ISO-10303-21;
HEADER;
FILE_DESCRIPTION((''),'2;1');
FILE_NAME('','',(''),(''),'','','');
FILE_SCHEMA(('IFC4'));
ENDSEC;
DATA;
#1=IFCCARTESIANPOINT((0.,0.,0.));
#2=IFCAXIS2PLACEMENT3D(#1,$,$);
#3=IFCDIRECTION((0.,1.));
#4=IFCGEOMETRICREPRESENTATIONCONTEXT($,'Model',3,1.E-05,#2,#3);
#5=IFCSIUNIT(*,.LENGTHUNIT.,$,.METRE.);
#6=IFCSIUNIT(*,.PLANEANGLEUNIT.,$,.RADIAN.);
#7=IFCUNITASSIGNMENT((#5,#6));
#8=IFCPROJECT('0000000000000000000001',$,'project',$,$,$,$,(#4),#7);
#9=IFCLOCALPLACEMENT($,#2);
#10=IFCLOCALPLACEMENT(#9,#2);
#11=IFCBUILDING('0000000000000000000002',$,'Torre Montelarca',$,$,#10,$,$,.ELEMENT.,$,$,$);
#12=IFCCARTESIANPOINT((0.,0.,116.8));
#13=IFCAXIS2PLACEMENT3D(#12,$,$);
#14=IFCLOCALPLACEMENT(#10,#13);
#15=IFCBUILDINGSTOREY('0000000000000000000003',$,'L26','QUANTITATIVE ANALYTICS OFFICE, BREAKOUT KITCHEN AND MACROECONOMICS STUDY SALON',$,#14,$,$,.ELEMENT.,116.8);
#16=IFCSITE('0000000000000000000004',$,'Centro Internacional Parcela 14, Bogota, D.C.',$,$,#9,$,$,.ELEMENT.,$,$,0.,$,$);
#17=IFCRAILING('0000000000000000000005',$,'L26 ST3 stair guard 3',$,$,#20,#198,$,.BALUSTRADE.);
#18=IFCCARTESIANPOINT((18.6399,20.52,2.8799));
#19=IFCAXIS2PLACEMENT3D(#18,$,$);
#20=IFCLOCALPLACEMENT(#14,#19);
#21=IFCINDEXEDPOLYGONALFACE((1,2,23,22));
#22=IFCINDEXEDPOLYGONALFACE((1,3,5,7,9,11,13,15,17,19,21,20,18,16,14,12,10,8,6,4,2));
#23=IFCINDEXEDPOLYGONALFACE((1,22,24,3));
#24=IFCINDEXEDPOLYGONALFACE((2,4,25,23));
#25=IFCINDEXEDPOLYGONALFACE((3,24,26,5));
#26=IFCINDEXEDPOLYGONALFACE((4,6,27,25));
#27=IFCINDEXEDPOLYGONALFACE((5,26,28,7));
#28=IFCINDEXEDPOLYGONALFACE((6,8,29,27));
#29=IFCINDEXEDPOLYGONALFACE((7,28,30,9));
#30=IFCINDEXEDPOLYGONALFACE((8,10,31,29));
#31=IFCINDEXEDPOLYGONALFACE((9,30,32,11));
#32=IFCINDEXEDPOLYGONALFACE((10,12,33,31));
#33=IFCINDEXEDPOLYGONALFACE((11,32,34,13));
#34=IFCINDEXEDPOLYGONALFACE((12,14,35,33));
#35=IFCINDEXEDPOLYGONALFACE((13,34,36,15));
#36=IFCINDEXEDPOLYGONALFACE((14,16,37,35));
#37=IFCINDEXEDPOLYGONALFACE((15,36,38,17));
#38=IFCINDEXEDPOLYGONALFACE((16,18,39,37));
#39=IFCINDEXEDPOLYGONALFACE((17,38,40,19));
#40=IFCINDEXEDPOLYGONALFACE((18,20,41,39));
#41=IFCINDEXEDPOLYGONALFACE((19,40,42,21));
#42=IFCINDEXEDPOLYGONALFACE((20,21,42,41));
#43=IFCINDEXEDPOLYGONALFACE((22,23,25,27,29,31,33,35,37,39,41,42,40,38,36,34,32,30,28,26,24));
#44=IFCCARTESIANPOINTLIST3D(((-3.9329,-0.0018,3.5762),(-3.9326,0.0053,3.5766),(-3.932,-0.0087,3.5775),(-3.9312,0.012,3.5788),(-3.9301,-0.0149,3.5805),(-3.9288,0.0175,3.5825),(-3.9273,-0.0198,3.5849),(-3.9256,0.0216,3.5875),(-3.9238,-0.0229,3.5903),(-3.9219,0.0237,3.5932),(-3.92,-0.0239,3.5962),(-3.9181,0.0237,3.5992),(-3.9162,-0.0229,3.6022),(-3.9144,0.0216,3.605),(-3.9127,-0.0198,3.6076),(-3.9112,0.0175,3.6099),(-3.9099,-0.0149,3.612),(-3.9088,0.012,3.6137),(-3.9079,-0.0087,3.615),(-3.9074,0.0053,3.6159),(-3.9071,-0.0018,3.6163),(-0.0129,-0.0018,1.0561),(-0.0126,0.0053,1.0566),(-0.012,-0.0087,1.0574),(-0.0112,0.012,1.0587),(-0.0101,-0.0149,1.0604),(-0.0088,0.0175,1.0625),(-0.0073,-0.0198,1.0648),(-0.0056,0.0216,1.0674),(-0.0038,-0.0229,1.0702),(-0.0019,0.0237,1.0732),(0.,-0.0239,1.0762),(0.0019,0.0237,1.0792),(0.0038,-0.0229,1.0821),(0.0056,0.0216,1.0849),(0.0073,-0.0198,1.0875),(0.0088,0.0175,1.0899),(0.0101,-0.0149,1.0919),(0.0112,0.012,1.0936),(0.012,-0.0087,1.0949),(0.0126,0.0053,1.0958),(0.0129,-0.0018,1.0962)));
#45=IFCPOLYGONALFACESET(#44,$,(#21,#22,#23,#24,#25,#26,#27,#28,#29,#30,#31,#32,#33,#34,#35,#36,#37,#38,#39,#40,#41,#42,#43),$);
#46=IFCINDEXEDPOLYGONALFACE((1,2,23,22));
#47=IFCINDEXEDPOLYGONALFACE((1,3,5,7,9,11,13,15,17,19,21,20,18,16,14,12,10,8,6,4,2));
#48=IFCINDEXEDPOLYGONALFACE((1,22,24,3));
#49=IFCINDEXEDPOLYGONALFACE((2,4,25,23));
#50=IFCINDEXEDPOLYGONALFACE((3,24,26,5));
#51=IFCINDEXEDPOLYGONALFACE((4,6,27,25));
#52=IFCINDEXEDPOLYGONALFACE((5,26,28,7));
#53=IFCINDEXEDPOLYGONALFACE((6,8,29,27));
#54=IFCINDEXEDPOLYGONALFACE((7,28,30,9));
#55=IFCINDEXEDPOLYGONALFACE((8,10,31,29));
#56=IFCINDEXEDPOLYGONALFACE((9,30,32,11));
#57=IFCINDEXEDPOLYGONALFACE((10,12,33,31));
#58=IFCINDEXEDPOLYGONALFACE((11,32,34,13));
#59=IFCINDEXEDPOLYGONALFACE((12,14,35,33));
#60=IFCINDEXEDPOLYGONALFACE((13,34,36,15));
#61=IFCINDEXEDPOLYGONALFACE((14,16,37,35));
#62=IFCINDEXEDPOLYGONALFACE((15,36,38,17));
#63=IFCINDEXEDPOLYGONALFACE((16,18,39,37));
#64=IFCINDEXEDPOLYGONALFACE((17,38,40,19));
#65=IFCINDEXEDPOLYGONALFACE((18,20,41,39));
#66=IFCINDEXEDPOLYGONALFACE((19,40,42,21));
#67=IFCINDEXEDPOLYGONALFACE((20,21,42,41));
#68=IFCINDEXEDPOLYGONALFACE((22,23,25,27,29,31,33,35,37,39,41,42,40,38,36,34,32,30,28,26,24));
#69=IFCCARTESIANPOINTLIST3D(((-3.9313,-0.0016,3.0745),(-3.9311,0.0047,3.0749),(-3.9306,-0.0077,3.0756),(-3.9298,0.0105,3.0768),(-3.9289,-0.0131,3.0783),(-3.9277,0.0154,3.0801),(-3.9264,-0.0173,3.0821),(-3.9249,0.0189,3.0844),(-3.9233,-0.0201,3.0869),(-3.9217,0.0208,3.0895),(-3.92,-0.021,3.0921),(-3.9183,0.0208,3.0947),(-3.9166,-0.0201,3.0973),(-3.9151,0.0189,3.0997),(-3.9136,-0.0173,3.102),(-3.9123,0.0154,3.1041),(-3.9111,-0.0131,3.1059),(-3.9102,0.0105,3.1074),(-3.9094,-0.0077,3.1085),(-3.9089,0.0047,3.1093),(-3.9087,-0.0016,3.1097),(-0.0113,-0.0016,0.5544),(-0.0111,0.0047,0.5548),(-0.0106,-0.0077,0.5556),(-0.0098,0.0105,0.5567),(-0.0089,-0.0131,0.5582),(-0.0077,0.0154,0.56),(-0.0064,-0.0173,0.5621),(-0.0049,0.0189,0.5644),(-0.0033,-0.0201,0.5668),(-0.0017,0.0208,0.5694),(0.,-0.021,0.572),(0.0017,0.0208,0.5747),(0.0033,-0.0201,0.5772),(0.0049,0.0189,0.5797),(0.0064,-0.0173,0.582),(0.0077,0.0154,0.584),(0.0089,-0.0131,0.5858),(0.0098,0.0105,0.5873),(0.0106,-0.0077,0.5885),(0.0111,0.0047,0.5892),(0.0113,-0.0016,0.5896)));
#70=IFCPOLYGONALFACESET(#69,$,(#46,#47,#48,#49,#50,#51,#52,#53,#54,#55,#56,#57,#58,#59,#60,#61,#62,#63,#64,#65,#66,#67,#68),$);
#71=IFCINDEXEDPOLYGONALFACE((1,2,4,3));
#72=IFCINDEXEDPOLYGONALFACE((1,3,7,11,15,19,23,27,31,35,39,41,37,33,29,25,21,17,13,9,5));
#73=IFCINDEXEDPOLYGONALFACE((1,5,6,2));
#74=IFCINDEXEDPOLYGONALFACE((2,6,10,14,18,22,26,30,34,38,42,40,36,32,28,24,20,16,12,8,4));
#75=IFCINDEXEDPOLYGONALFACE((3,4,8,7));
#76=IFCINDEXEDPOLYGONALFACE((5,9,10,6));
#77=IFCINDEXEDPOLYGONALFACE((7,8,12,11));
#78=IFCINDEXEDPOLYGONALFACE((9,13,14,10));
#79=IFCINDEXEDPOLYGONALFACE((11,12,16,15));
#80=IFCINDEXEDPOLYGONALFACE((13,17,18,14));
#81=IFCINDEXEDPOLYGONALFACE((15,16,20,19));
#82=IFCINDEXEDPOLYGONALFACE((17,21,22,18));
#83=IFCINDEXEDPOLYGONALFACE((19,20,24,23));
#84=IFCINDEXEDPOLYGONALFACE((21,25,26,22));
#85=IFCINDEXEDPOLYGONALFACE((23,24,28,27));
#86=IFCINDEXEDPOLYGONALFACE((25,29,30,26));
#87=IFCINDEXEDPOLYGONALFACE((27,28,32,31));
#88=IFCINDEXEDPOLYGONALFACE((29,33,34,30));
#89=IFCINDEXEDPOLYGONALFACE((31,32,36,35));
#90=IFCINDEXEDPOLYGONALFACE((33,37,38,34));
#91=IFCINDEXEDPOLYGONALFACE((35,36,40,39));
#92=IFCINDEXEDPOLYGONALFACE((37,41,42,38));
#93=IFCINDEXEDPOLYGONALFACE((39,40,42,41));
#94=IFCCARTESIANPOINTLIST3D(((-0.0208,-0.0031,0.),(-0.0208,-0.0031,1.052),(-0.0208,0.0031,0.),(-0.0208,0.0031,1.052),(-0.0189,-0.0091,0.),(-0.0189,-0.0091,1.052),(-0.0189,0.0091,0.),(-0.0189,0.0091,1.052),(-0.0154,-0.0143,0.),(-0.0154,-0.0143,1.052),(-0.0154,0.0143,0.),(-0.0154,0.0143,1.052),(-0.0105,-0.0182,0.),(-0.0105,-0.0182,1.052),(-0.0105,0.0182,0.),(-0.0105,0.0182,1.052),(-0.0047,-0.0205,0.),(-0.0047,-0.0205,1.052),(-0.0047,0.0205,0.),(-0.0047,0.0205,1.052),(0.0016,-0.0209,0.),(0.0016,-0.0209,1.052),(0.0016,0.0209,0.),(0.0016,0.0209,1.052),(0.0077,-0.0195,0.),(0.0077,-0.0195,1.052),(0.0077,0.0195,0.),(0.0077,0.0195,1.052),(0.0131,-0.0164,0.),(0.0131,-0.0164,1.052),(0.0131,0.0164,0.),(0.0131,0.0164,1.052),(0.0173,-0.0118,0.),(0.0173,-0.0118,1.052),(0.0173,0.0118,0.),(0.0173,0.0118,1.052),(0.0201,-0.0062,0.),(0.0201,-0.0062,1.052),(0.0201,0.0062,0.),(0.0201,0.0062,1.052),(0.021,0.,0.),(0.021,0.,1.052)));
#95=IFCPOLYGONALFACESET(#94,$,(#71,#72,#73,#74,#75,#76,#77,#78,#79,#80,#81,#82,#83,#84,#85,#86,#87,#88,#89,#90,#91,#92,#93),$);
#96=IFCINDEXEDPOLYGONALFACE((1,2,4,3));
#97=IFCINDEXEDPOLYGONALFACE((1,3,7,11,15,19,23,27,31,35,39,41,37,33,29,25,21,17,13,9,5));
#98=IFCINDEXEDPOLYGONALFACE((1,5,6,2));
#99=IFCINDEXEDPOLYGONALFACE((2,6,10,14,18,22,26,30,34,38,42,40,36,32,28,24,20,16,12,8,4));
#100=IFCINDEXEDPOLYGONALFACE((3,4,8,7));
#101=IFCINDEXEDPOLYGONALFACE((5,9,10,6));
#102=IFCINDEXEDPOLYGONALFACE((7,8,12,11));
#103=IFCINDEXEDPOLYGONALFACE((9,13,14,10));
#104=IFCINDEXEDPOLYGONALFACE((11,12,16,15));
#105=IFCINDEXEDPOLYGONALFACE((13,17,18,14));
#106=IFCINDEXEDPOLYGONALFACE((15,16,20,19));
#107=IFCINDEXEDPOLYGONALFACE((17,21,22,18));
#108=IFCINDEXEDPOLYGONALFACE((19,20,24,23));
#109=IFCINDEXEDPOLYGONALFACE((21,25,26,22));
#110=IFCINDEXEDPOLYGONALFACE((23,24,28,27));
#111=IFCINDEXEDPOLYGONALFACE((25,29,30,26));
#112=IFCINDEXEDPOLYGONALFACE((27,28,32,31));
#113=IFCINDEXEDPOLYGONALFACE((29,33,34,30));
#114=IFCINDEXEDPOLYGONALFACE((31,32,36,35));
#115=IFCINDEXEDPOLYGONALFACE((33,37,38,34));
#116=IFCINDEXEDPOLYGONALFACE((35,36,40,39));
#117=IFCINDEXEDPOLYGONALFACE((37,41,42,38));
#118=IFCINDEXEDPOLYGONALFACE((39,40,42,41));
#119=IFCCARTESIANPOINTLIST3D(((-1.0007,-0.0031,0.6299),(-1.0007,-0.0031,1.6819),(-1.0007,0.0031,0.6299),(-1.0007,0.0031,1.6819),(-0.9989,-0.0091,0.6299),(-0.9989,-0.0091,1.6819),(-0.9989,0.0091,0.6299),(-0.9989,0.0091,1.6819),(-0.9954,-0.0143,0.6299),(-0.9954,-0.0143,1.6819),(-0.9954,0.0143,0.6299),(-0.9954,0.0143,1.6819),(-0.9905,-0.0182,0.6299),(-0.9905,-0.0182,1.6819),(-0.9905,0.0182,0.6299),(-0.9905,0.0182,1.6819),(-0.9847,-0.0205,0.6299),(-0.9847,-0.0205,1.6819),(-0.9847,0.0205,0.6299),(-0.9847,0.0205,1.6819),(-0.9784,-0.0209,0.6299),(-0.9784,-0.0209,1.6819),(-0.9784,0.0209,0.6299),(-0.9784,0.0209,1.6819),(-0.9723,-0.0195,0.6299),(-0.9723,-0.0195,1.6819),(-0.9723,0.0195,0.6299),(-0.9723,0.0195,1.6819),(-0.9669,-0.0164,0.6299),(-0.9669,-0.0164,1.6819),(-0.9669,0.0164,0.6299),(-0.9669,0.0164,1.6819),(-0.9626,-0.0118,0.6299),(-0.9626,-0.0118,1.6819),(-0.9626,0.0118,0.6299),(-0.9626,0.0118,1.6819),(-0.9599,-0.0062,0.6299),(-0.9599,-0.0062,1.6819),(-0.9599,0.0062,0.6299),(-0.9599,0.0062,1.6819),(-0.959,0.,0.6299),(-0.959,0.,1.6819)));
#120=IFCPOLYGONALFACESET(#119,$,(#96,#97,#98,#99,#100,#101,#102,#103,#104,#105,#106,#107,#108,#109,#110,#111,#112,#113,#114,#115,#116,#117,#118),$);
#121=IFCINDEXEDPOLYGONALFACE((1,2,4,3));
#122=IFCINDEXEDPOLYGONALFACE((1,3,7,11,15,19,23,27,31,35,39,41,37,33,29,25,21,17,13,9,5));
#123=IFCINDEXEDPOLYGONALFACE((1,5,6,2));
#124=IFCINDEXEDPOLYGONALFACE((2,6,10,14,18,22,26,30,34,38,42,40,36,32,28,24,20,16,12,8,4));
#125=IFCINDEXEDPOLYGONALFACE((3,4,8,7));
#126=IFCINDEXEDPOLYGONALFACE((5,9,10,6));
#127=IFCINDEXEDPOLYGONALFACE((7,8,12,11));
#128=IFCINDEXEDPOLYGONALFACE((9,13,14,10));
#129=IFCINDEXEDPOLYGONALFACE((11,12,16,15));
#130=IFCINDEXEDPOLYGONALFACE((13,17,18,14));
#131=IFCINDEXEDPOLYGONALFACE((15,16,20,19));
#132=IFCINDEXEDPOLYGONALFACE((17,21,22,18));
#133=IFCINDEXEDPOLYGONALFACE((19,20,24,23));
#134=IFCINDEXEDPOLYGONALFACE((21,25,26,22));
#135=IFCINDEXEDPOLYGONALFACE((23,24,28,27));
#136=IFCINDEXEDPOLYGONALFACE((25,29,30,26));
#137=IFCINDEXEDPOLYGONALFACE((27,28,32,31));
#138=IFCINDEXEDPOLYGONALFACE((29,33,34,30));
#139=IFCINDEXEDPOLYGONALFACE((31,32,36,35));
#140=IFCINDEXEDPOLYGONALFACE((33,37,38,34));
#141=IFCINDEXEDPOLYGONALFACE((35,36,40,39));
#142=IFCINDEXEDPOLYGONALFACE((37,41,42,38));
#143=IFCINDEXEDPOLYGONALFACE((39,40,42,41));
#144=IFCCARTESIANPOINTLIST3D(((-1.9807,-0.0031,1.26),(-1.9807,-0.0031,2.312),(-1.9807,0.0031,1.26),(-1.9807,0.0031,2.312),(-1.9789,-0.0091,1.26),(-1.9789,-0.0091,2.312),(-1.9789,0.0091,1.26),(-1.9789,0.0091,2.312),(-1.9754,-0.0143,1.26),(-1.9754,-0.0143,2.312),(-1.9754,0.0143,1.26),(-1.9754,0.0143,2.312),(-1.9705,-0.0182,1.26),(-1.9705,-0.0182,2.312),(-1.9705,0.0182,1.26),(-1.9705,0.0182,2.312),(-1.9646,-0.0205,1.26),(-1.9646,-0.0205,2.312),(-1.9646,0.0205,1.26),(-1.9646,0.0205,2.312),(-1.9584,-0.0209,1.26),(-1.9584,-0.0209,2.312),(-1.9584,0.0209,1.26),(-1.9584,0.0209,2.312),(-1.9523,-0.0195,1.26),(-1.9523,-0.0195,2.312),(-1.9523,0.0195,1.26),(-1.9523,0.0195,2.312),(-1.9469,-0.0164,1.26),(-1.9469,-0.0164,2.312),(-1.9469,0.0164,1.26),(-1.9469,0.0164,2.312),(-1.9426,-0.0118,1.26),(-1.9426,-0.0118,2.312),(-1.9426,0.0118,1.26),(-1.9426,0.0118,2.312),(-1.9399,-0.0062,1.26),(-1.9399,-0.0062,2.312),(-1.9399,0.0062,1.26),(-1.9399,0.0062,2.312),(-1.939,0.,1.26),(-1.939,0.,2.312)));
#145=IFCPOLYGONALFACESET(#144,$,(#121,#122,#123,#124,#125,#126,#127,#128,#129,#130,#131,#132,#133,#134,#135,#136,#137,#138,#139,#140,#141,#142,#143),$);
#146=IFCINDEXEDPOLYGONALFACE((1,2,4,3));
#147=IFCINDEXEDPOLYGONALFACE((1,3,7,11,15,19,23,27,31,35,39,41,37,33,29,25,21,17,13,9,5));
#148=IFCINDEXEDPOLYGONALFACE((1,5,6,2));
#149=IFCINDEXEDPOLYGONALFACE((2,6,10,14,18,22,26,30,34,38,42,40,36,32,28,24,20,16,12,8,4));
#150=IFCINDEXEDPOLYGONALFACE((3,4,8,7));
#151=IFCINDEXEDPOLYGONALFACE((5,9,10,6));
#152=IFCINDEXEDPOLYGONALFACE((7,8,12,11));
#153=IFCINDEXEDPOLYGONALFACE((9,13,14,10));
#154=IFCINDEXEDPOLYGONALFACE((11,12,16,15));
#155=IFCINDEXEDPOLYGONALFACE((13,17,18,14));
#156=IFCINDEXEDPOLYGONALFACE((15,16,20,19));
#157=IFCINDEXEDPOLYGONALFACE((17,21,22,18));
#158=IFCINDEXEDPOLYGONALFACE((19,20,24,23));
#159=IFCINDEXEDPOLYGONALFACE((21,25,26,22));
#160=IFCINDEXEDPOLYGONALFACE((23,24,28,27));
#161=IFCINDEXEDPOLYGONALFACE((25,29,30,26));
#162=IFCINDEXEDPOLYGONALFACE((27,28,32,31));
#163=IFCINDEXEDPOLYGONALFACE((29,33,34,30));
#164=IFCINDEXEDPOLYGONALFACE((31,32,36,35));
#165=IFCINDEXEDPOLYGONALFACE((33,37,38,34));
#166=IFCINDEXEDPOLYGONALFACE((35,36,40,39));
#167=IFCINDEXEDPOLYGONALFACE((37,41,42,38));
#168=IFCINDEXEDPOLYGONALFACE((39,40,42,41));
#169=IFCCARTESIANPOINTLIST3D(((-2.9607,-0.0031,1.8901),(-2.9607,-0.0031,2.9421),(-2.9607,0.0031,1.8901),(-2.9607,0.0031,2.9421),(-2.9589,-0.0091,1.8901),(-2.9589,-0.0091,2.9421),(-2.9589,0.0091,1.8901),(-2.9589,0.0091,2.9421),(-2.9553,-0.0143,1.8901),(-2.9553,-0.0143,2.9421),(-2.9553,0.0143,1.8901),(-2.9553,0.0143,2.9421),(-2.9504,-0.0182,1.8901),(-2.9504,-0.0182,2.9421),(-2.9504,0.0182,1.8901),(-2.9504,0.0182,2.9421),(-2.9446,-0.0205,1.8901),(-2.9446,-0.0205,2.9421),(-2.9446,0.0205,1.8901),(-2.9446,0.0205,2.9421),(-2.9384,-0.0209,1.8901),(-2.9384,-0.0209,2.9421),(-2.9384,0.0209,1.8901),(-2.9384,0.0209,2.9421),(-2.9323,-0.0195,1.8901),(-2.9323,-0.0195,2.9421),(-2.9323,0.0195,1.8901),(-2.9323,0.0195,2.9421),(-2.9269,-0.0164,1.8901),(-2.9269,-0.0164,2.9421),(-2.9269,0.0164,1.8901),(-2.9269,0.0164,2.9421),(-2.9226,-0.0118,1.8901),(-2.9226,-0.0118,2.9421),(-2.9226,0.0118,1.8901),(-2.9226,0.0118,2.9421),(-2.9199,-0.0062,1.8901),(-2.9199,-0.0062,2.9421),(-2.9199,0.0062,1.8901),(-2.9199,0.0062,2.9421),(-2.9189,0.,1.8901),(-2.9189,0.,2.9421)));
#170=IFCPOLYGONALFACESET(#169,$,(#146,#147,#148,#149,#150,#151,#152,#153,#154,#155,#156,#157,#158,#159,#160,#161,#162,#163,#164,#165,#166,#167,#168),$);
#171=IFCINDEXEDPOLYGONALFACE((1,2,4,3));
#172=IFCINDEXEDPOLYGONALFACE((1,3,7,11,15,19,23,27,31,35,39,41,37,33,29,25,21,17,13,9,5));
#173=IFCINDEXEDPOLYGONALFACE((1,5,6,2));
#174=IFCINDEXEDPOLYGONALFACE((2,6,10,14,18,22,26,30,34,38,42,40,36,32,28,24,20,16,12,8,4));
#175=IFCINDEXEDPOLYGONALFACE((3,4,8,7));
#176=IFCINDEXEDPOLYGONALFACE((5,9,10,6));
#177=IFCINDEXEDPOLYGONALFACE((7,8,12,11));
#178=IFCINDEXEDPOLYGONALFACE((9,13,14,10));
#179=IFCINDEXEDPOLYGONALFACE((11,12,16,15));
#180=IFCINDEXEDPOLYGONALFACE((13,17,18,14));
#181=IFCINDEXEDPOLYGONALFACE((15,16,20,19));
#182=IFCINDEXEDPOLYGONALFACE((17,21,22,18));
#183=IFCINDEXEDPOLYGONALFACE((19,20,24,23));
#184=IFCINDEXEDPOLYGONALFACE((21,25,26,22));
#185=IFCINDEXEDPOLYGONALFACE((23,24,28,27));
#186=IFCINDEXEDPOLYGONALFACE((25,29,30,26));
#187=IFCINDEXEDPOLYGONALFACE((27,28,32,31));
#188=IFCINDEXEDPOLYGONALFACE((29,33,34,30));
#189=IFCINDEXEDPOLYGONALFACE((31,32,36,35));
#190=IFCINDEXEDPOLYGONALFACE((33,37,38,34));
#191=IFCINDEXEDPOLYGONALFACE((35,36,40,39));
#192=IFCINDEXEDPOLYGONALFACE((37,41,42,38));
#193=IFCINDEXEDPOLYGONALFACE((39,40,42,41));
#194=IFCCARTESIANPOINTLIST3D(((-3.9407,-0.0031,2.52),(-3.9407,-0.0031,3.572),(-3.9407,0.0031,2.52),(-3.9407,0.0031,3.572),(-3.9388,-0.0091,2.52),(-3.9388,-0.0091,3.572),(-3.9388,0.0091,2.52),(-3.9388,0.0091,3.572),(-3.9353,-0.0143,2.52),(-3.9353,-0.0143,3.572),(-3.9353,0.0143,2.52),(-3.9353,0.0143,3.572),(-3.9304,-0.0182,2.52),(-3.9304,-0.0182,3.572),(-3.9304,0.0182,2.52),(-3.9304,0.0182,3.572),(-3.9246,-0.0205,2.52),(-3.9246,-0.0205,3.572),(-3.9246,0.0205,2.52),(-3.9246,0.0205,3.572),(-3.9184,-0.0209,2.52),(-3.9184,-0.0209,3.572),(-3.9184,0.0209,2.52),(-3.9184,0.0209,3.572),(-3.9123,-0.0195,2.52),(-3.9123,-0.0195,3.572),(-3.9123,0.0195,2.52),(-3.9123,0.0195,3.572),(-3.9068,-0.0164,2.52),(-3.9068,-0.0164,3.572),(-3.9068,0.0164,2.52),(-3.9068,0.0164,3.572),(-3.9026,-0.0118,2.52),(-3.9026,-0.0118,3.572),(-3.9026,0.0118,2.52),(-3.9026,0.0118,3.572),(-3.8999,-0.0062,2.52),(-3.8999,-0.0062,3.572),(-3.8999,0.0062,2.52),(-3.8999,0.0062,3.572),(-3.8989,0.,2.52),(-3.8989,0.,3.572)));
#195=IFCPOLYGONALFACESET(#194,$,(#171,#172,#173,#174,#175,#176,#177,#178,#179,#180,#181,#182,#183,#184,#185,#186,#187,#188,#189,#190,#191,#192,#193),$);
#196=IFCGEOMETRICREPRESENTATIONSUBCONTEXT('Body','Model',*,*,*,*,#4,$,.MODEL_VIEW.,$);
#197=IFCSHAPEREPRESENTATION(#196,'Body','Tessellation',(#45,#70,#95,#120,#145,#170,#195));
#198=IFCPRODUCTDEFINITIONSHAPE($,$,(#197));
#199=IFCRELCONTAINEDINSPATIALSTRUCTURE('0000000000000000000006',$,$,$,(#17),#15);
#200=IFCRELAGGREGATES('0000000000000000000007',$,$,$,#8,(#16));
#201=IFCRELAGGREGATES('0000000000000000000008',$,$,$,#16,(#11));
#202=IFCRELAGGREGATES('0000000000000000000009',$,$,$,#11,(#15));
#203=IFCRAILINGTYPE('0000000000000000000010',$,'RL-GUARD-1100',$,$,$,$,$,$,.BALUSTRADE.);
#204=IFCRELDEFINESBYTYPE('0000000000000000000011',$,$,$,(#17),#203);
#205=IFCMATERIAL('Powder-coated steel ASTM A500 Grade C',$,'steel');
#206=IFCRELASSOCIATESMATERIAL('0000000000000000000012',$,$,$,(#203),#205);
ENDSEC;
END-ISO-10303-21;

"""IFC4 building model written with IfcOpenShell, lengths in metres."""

from ifc_helpers import new_model, si_unit, direction, frame, origin, origin_2d, place, context, subcontext, project, spatial, circle, extrude, material, type_object, element, save


model = new_model("IFC4")

# Units and contexts
model_context = context("Model", 3, precision=1e-05, world=origin(), true_north=direction((0.0, 1.0)))
body_context = subcontext(model_context, "Body", "Model", "MODEL_VIEW")
ifc_project = project(units=[si_unit("LENGTHUNIT", "METRE"), si_unit("PLANEANGLEUNIT", "RADIAN")], contexts=[model_context])

# Site, building, storey
site_placement = place(None, origin())
site = spatial("IfcSite", under=ifc_project, at=site_placement, Name="Centro Internacional Parcela 14, Bogota, D.C.", CompositionType="ELEMENT", RefElevation=0.0)
building_placement = place(site_placement, origin())
building = spatial("IfcBuilding", under=site, at=building_placement, Name="Torre Montelarca", CompositionType="ELEMENT")
storey_placement = place(building_placement, frame((0.0, 0.0, 116.8)))
storey = spatial("IfcBuildingStorey", under=building, at=storey_placement, Name="L26", Description="QUANTITATIVE ANALYTICS OFFICE, BREAKOUT KITCHEN AND MACROECONOMICS STUDY SALON", CompositionType="ELEMENT", Elevation=116.8)

# Railing
ifc_material_1 = material(Name="Powder-coated steel ASTM A500 Grade C", Category="steel")
railing_type_1 = type_object("IfcRailingType", Name="RL-GUARD-1100", PredefinedType="BALUSTRADE", material=ifc_material_1)
railing_1_placement = place(storey_placement, frame((18.6399, 20.52, 2.8799)))
element("IfcRailing", 1, at=railing_1_placement, inside=storey, type_object=railing_type_1, Name="L26 ST3 stair guard 3", PredefinedType="BALUSTRADE", context=body_context, shape_type="SweptSolid", body=[
    extrude(circle(Radius=0.0239, at=origin_2d()), frame((0.0, 0.0, 1.0762), z_axis=(-0.841172, 0.0, 0.540768), x_axis=(0.0, -1.0, 0.0)), (0.0, 0.0, 1.0), 4.6602),
    extrude(circle(Radius=0.021, at=origin_2d()), frame((0.0, 0.0, 0.572), z_axis=(-0.841172, 0.0, 0.540768), x_axis=(0.0, -1.0, 0.0)), (0.0, 0.0, 1.0), 4.6602),
    extrude(circle(Radius=0.021, at=origin_2d()), origin(), (0.0, 0.0, 1.0), 1.052),
    extrude(circle(Radius=0.021, at=origin_2d()), frame((-0.98, 0.0, 0.6299)), (0.0, 0.0, 1.0), 1.052),
    extrude(circle(Radius=0.021, at=origin_2d()), frame((-1.96, 0.0, 1.26)), (0.0, 0.0, 1.0), 1.052),
    extrude(circle(Radius=0.021, at=origin_2d()), frame((-2.9399, 0.0, 1.8901)), (0.0, 0.0, 1.0), 1.052),
    extrude(circle(Radius=0.021, at=origin_2d()), frame((-3.9199, 0.0, 2.52)), (0.0, 0.0, 1.0), 1.052),
])

save(model, "model.ifc")
